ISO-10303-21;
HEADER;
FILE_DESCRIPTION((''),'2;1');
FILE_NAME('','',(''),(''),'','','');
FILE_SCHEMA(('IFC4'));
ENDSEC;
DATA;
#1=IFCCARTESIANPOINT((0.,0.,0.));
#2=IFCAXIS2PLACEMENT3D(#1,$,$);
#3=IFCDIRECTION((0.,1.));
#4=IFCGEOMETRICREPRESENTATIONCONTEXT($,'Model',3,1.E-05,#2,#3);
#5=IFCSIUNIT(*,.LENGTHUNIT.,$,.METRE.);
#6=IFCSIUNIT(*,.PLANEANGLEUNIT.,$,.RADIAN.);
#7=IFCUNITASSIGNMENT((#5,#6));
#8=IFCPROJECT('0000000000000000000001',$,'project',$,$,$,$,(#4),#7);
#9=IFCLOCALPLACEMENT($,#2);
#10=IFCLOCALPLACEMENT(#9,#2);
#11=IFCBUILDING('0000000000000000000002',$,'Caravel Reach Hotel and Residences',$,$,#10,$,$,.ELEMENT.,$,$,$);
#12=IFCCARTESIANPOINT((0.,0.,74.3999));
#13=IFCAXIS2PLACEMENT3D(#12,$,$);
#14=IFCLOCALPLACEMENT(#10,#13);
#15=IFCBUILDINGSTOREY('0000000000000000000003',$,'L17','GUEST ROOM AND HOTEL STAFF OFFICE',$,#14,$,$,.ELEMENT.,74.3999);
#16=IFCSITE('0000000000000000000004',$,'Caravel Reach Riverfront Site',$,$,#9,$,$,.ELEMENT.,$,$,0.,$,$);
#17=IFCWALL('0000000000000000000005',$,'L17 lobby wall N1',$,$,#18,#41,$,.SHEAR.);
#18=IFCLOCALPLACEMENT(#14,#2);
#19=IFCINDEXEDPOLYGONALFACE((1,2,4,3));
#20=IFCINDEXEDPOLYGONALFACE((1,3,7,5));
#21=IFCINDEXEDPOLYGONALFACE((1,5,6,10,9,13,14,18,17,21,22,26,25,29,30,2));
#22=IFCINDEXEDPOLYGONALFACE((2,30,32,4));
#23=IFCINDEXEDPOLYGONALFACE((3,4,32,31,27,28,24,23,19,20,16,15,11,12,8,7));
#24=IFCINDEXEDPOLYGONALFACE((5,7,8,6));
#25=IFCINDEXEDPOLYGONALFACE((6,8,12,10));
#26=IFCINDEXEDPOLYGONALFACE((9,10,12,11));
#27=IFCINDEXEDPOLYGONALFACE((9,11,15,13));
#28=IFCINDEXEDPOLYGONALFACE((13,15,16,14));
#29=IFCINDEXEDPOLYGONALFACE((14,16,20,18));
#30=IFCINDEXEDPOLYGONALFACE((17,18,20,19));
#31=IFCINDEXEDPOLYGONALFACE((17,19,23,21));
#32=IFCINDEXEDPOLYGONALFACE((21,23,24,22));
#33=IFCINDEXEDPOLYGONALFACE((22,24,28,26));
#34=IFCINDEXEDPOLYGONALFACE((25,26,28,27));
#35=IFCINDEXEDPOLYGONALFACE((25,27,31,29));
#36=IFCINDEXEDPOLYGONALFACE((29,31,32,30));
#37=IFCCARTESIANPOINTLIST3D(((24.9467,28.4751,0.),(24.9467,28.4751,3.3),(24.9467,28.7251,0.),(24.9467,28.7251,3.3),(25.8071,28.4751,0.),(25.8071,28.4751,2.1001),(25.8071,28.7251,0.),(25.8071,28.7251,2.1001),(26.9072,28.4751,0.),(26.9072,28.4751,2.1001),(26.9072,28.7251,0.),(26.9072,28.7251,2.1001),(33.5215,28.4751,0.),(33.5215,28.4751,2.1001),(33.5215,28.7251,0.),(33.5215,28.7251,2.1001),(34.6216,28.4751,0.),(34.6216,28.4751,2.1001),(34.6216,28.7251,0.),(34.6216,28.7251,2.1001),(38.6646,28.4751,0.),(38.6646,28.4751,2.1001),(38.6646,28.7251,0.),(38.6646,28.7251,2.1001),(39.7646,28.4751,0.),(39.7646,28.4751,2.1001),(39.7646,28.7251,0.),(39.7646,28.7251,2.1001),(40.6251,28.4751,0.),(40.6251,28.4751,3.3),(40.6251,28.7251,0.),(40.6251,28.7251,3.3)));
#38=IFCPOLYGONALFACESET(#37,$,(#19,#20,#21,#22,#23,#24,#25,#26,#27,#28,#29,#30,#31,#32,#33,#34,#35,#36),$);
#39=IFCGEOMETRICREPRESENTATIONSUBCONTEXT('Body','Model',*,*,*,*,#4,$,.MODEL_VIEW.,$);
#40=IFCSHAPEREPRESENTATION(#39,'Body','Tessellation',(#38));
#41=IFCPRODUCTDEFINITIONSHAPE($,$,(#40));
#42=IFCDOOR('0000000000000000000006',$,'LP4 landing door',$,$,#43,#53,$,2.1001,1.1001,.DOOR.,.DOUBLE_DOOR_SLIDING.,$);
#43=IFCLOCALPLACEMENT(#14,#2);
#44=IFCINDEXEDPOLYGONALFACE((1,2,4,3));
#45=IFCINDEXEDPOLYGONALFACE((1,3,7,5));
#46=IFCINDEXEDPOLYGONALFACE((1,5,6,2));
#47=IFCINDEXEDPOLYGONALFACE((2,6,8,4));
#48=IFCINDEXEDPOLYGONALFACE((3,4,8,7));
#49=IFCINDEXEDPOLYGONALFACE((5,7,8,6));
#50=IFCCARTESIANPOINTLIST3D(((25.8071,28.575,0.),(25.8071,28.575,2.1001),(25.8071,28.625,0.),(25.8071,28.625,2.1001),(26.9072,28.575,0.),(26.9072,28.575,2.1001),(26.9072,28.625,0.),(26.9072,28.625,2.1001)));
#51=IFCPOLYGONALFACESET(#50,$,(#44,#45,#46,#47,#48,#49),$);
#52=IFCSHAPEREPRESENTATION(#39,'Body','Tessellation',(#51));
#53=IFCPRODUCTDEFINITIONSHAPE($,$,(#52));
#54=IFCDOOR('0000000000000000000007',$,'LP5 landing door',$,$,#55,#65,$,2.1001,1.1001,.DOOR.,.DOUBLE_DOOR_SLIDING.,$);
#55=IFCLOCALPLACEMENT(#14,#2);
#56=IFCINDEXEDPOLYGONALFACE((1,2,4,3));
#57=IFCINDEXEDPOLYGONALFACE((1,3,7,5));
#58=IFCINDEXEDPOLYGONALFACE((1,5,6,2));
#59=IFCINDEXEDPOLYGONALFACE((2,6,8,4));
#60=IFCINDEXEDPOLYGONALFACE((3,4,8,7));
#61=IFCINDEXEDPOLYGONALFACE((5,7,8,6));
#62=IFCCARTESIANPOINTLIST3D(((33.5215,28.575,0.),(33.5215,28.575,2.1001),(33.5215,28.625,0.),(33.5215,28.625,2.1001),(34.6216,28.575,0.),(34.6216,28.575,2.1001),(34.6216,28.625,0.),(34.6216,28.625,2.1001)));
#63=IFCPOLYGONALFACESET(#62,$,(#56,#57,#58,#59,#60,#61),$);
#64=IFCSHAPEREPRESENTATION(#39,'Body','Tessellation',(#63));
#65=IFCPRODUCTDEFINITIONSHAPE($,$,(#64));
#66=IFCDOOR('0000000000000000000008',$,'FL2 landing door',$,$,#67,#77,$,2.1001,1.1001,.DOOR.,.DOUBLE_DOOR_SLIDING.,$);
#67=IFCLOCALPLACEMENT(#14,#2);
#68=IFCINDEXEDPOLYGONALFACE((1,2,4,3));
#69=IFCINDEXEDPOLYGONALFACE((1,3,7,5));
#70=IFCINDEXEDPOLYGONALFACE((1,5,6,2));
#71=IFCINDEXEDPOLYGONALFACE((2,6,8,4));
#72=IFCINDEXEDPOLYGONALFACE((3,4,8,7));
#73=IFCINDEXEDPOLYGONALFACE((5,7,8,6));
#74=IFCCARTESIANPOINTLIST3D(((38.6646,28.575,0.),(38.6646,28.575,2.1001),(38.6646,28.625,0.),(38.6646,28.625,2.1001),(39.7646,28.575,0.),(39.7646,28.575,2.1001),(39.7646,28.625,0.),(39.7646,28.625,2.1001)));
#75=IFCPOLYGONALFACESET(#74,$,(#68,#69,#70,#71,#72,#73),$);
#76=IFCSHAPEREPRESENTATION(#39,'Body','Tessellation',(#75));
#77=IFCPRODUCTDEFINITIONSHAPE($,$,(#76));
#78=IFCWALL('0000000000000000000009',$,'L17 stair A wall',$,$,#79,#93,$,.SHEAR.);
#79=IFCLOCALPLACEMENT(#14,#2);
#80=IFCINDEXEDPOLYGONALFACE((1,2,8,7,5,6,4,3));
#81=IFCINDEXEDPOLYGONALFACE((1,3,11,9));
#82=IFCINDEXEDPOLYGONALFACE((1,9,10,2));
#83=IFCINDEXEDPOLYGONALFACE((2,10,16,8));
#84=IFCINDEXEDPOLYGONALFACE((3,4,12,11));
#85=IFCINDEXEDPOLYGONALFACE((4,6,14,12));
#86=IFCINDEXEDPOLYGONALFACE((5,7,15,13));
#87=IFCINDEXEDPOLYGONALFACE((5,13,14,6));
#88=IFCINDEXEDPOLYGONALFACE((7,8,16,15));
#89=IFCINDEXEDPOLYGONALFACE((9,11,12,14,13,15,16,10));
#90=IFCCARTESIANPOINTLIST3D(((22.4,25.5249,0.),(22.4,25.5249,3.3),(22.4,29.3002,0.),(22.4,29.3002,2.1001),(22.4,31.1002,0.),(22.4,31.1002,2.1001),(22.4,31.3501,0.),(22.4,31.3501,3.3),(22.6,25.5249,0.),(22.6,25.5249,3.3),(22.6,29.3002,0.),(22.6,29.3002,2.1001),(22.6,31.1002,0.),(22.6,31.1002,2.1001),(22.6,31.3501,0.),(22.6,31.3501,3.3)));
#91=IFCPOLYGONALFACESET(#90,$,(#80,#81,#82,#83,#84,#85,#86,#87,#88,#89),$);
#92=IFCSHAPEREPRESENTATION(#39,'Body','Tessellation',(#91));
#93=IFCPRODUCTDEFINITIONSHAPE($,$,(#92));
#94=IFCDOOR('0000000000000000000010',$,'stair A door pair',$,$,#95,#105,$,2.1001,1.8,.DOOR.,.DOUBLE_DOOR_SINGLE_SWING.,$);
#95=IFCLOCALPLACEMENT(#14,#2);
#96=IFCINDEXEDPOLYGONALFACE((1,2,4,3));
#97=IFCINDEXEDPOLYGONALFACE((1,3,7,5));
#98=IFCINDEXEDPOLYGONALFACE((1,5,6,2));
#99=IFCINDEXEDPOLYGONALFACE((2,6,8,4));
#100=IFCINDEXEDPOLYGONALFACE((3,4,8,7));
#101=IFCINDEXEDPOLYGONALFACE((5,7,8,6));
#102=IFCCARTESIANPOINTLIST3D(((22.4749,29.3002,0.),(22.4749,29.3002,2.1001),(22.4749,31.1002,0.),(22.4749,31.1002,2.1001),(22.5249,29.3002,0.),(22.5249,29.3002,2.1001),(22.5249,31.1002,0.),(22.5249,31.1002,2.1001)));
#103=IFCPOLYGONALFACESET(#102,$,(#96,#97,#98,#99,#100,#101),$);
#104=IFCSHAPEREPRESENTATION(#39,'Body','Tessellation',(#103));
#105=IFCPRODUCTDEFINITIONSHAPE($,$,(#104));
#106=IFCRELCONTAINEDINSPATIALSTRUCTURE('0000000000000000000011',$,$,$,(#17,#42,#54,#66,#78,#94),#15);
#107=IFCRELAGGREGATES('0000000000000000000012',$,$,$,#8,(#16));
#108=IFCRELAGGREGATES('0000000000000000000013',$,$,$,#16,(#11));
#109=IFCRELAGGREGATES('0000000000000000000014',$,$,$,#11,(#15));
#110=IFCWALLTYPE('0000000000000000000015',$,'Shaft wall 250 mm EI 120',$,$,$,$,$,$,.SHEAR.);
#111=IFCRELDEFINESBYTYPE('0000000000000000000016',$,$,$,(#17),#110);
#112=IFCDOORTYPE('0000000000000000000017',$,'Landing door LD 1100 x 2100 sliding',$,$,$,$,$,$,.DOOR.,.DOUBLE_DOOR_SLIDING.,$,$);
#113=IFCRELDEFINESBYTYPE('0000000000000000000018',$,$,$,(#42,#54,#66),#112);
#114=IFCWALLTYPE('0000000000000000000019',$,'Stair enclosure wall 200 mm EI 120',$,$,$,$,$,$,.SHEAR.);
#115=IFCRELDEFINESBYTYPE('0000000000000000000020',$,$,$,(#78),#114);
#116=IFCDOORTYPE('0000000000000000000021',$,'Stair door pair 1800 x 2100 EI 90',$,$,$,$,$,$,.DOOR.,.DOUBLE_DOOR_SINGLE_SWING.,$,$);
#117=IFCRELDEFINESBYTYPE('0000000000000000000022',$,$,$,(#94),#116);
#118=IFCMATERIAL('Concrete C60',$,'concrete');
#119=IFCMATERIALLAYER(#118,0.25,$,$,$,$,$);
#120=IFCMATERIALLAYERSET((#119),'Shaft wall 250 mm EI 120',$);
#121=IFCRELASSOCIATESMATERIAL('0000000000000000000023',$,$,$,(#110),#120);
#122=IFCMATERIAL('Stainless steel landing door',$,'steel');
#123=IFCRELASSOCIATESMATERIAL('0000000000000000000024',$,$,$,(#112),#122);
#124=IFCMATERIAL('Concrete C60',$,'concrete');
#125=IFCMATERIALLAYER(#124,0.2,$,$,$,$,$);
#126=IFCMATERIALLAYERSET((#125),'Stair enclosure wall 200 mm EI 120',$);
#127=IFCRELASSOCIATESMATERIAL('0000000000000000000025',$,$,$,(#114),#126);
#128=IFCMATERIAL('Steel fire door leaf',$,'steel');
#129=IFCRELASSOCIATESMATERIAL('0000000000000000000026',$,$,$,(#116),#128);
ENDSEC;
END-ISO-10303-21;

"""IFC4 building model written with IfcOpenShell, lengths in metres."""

from ifc_helpers import new_model, si_unit, direction, frame, frame_2d, origin, place, context, subcontext, project, spatial, rectangle, extrude, material, layer, layer_set, type_object, element, fill, save


model = new_model("IFC4")

# Units and contexts
model_context = context("Model", 3, precision=1e-05, world=origin(), true_north=direction((0.0, 1.0)))
body_context = subcontext(model_context, "Body", "Model", "MODEL_VIEW")
ifc_project = project(units=[si_unit("LENGTHUNIT", "METRE"), si_unit("PLANEANGLEUNIT", "RADIAN")], contexts=[model_context])

# Site, building, storey
site_placement = place(None, origin())
site = spatial("IfcSite", under=ifc_project, at=site_placement, Name="Caravel Reach Riverfront Site", CompositionType="ELEMENT", RefElevation=0.0)
building_placement = place(site_placement, origin())
building = spatial("IfcBuilding", under=site, at=building_placement, Name="Caravel Reach Hotel and Residences", CompositionType="ELEMENT")
storey_placement = place(building_placement, frame((0.0, 0.0, 74.3999)))
storey = spatial("IfcBuildingStorey", under=building, at=storey_placement, Name="L17", Description="GUEST ROOM AND HOTEL STAFF OFFICE", CompositionType="ELEMENT", Elevation=74.3999)

# Wall, openings, doors
ifc_material_1 = material(Name="Concrete C60", Category="concrete")
ifc_layer_1 = layer(ifc_material_1, 0.25)
ifc_layer_set_1 = layer_set([ifc_layer_1], Name="Shaft wall 250 mm EI 120")
wall_type_1 = type_object("IfcWallType", Name="Shaft wall 250 mm EI 120", PredefinedType="SHEAR", material=ifc_layer_set_1)
wall_1_placement = place(storey_placement, frame((24.9465, 28.6001, 0.0), z_axis=(0.0, 0.0, 1.0), x_axis=(1.0, 0.0, 0.0)))
wall_1 = element("IfcWall", 1, at=wall_1_placement, inside=storey, type_object=wall_type_1, Name="L17 lobby wall N1", PredefinedType="SHEAR", context=body_context, shape_type="SweptSolid", body=[
    extrude(rectangle(XDim=15.6785, YDim=0.25, at=frame_2d((7.8394, 0.0))), origin(), (0.0, 0.0, 1.0), 3.3),
])
opening_1_placement = place(wall_1_placement, frame((0.8606, 0.0, 0.0)))
opening_1 = element("IfcOpeningElement", 2, at=opening_1_placement, cuts=wall_1, PredefinedType="OPENING", context=body_context, shape_type="SweptSolid", body=[
    extrude(rectangle(XDim=1.1001, YDim=2.1001, at=frame_2d((0.55, 1.05))), frame((0.0, 0.135, 0.0), z_axis=(0.0, -1.0, 0.0), x_axis=(1.0, 0.0, 0.0)), (0.0, 0.0, 1.0), 0.27),
])
opening_2_placement = place(wall_1_placement, frame((8.575, 0.0, 0.0)))
opening_2 = element("IfcOpeningElement", 3, at=opening_2_placement, cuts=wall_1, PredefinedType="OPENING", context=body_context, shape_type="SweptSolid", body=[
    extrude(rectangle(XDim=1.1001, YDim=2.1001, at=frame_2d((0.55, 1.05))), frame((0.0, 0.135, 0.0), z_axis=(0.0, -1.0, 0.0), x_axis=(1.0, 0.0, 0.0)), (0.0, 0.0, 1.0), 0.27),
])
opening_3_placement = place(wall_1_placement, frame((13.718, 0.0, 0.0)))
opening_3 = element("IfcOpeningElement", 4, at=opening_3_placement, cuts=wall_1, PredefinedType="OPENING", context=body_context, shape_type="SweptSolid", body=[
    extrude(rectangle(XDim=1.1001, YDim=2.1001, at=frame_2d((0.55, 1.05))), frame((0.0, 0.135, 0.0), z_axis=(0.0, -1.0, 0.0), x_axis=(1.0, 0.0, 0.0)), (0.0, 0.0, 1.0), 0.27),
])
ifc_material_2 = material(Name="Stainless steel landing door", Category="steel")
door_type_1 = type_object("IfcDoorType", Name="Landing door LD 1100 x 2100 sliding", OperationType="DOUBLE_DOOR_SLIDING", PredefinedType="DOOR", material=ifc_material_2)
door_1_placement = place(opening_1_placement, origin())
door_1 = element("IfcDoor", 5, at=door_1_placement, inside=storey, type_object=door_type_1, Name="LP4 landing door", OperationType="DOUBLE_DOOR_SLIDING", OverallHeight=2.1001, OverallWidth=1.1001, PredefinedType="DOOR", context=body_context, shape_type="SweptSolid", body=[
    extrude(rectangle(XDim=1.1001, YDim=2.1001, at=frame_2d((0.55, 1.05))), frame((0.0, 0.0249, 0.0), z_axis=(0.0, -1.0, 0.0), x_axis=(1.0, 0.0, 0.0)), (0.0, 0.0, 1.0), 0.05),
])
fill(opening_1, door_1)
door_2_placement = place(opening_2_placement, origin())
door_2 = element("IfcDoor", 6, at=door_2_placement, inside=storey, type_object=door_type_1, Name="LP5 landing door", OperationType="DOUBLE_DOOR_SLIDING", OverallHeight=2.1001, OverallWidth=1.1001, PredefinedType="DOOR", context=body_context, shape_type="SweptSolid", body=[
    extrude(rectangle(XDim=1.1001, YDim=2.1001, at=frame_2d((0.55, 1.05))), frame((0.0, 0.0249, 0.0), z_axis=(0.0, -1.0, 0.0), x_axis=(1.0, 0.0, 0.0)), (0.0, 0.0, 1.0), 0.05),
])
fill(opening_2, door_2)
door_3_placement = place(opening_3_placement, origin())
door_3 = element("IfcDoor", 7, at=door_3_placement, inside=storey, type_object=door_type_1, Name="FL2 landing door", OperationType="DOUBLE_DOOR_SLIDING", OverallHeight=2.1001, OverallWidth=1.1001, PredefinedType="DOOR", context=body_context, shape_type="SweptSolid", body=[
    extrude(rectangle(XDim=1.1001, YDim=2.1001, at=frame_2d((0.55, 1.05))), frame((0.0, 0.0249, 0.0), z_axis=(0.0, -1.0, 0.0), x_axis=(1.0, 0.0, 0.0)), (0.0, 0.0, 1.0), 0.05),
])
fill(opening_3, door_3)

# Wall, opening, door
ifc_material_3 = material(Name="Concrete C60", Category="concrete")
ifc_layer_2 = layer(ifc_material_3, 0.2)
ifc_layer_set_2 = layer_set([ifc_layer_2], Name="Stair enclosure wall 200 mm EI 120")
wall_type_2 = type_object("IfcWallType", Name="Stair enclosure wall 200 mm EI 120", PredefinedType="SHEAR", material=ifc_layer_set_2)
wall_2_placement = place(storey_placement, frame((22.5, 31.3501, 0.0), z_axis=(0.0, 0.0, 1.0), x_axis=(0.0, -1.0, 0.0)))
wall_2 = element("IfcWall", 8, at=wall_2_placement, inside=storey, type_object=wall_type_2, Name="L17 stair A wall", PredefinedType="SHEAR", context=body_context, shape_type="SweptSolid", body=[
    extrude(rectangle(XDim=5.8252, YDim=0.2, at=frame_2d((2.9126, 0.0))), origin(), (0.0, 0.0, 1.0), 3.3),
])
opening_4_placement = place(wall_2_placement, frame((0.25, 0.0, 0.0)))
opening_4 = element("IfcOpeningElement", 9, at=opening_4_placement, cuts=wall_2, PredefinedType="OPENING", context=body_context, shape_type="SweptSolid", body=[
    extrude(rectangle(XDim=1.8, YDim=2.1001, at=frame_2d((0.8999, 1.05))), frame((0.0, 0.1099, 0.0), z_axis=(0.0, -1.0, 0.0), x_axis=(1.0, 0.0, 0.0)), (0.0, 0.0, 1.0), 0.22),
])
ifc_material_4 = material(Name="Steel fire door leaf", Category="steel")
door_type_2 = type_object("IfcDoorType", Name="Stair door pair 1800 x 2100 EI 90", OperationType="DOUBLE_DOOR_SINGLE_SWING", PredefinedType="DOOR", material=ifc_material_4)
door_4_placement = place(opening_4_placement, origin())
door_4 = element("IfcDoor", 10, at=door_4_placement, inside=storey, type_object=door_type_2, Name="stair A door pair", OperationType="DOUBLE_DOOR_SINGLE_SWING", OverallHeight=2.1001, OverallWidth=1.8, PredefinedType="DOOR", context=body_context, shape_type="SweptSolid", body=[
    extrude(rectangle(XDim=1.8, YDim=2.1001, at=frame_2d((0.8999, 1.05))), frame((0.0, 0.0249, 0.0), z_axis=(0.0, -1.0, 0.0), x_axis=(1.0, 0.0, 0.0)), (0.0, 0.0, 1.0), 0.05),
])
fill(opening_4, door_4)

save(model, "model.ifc")
